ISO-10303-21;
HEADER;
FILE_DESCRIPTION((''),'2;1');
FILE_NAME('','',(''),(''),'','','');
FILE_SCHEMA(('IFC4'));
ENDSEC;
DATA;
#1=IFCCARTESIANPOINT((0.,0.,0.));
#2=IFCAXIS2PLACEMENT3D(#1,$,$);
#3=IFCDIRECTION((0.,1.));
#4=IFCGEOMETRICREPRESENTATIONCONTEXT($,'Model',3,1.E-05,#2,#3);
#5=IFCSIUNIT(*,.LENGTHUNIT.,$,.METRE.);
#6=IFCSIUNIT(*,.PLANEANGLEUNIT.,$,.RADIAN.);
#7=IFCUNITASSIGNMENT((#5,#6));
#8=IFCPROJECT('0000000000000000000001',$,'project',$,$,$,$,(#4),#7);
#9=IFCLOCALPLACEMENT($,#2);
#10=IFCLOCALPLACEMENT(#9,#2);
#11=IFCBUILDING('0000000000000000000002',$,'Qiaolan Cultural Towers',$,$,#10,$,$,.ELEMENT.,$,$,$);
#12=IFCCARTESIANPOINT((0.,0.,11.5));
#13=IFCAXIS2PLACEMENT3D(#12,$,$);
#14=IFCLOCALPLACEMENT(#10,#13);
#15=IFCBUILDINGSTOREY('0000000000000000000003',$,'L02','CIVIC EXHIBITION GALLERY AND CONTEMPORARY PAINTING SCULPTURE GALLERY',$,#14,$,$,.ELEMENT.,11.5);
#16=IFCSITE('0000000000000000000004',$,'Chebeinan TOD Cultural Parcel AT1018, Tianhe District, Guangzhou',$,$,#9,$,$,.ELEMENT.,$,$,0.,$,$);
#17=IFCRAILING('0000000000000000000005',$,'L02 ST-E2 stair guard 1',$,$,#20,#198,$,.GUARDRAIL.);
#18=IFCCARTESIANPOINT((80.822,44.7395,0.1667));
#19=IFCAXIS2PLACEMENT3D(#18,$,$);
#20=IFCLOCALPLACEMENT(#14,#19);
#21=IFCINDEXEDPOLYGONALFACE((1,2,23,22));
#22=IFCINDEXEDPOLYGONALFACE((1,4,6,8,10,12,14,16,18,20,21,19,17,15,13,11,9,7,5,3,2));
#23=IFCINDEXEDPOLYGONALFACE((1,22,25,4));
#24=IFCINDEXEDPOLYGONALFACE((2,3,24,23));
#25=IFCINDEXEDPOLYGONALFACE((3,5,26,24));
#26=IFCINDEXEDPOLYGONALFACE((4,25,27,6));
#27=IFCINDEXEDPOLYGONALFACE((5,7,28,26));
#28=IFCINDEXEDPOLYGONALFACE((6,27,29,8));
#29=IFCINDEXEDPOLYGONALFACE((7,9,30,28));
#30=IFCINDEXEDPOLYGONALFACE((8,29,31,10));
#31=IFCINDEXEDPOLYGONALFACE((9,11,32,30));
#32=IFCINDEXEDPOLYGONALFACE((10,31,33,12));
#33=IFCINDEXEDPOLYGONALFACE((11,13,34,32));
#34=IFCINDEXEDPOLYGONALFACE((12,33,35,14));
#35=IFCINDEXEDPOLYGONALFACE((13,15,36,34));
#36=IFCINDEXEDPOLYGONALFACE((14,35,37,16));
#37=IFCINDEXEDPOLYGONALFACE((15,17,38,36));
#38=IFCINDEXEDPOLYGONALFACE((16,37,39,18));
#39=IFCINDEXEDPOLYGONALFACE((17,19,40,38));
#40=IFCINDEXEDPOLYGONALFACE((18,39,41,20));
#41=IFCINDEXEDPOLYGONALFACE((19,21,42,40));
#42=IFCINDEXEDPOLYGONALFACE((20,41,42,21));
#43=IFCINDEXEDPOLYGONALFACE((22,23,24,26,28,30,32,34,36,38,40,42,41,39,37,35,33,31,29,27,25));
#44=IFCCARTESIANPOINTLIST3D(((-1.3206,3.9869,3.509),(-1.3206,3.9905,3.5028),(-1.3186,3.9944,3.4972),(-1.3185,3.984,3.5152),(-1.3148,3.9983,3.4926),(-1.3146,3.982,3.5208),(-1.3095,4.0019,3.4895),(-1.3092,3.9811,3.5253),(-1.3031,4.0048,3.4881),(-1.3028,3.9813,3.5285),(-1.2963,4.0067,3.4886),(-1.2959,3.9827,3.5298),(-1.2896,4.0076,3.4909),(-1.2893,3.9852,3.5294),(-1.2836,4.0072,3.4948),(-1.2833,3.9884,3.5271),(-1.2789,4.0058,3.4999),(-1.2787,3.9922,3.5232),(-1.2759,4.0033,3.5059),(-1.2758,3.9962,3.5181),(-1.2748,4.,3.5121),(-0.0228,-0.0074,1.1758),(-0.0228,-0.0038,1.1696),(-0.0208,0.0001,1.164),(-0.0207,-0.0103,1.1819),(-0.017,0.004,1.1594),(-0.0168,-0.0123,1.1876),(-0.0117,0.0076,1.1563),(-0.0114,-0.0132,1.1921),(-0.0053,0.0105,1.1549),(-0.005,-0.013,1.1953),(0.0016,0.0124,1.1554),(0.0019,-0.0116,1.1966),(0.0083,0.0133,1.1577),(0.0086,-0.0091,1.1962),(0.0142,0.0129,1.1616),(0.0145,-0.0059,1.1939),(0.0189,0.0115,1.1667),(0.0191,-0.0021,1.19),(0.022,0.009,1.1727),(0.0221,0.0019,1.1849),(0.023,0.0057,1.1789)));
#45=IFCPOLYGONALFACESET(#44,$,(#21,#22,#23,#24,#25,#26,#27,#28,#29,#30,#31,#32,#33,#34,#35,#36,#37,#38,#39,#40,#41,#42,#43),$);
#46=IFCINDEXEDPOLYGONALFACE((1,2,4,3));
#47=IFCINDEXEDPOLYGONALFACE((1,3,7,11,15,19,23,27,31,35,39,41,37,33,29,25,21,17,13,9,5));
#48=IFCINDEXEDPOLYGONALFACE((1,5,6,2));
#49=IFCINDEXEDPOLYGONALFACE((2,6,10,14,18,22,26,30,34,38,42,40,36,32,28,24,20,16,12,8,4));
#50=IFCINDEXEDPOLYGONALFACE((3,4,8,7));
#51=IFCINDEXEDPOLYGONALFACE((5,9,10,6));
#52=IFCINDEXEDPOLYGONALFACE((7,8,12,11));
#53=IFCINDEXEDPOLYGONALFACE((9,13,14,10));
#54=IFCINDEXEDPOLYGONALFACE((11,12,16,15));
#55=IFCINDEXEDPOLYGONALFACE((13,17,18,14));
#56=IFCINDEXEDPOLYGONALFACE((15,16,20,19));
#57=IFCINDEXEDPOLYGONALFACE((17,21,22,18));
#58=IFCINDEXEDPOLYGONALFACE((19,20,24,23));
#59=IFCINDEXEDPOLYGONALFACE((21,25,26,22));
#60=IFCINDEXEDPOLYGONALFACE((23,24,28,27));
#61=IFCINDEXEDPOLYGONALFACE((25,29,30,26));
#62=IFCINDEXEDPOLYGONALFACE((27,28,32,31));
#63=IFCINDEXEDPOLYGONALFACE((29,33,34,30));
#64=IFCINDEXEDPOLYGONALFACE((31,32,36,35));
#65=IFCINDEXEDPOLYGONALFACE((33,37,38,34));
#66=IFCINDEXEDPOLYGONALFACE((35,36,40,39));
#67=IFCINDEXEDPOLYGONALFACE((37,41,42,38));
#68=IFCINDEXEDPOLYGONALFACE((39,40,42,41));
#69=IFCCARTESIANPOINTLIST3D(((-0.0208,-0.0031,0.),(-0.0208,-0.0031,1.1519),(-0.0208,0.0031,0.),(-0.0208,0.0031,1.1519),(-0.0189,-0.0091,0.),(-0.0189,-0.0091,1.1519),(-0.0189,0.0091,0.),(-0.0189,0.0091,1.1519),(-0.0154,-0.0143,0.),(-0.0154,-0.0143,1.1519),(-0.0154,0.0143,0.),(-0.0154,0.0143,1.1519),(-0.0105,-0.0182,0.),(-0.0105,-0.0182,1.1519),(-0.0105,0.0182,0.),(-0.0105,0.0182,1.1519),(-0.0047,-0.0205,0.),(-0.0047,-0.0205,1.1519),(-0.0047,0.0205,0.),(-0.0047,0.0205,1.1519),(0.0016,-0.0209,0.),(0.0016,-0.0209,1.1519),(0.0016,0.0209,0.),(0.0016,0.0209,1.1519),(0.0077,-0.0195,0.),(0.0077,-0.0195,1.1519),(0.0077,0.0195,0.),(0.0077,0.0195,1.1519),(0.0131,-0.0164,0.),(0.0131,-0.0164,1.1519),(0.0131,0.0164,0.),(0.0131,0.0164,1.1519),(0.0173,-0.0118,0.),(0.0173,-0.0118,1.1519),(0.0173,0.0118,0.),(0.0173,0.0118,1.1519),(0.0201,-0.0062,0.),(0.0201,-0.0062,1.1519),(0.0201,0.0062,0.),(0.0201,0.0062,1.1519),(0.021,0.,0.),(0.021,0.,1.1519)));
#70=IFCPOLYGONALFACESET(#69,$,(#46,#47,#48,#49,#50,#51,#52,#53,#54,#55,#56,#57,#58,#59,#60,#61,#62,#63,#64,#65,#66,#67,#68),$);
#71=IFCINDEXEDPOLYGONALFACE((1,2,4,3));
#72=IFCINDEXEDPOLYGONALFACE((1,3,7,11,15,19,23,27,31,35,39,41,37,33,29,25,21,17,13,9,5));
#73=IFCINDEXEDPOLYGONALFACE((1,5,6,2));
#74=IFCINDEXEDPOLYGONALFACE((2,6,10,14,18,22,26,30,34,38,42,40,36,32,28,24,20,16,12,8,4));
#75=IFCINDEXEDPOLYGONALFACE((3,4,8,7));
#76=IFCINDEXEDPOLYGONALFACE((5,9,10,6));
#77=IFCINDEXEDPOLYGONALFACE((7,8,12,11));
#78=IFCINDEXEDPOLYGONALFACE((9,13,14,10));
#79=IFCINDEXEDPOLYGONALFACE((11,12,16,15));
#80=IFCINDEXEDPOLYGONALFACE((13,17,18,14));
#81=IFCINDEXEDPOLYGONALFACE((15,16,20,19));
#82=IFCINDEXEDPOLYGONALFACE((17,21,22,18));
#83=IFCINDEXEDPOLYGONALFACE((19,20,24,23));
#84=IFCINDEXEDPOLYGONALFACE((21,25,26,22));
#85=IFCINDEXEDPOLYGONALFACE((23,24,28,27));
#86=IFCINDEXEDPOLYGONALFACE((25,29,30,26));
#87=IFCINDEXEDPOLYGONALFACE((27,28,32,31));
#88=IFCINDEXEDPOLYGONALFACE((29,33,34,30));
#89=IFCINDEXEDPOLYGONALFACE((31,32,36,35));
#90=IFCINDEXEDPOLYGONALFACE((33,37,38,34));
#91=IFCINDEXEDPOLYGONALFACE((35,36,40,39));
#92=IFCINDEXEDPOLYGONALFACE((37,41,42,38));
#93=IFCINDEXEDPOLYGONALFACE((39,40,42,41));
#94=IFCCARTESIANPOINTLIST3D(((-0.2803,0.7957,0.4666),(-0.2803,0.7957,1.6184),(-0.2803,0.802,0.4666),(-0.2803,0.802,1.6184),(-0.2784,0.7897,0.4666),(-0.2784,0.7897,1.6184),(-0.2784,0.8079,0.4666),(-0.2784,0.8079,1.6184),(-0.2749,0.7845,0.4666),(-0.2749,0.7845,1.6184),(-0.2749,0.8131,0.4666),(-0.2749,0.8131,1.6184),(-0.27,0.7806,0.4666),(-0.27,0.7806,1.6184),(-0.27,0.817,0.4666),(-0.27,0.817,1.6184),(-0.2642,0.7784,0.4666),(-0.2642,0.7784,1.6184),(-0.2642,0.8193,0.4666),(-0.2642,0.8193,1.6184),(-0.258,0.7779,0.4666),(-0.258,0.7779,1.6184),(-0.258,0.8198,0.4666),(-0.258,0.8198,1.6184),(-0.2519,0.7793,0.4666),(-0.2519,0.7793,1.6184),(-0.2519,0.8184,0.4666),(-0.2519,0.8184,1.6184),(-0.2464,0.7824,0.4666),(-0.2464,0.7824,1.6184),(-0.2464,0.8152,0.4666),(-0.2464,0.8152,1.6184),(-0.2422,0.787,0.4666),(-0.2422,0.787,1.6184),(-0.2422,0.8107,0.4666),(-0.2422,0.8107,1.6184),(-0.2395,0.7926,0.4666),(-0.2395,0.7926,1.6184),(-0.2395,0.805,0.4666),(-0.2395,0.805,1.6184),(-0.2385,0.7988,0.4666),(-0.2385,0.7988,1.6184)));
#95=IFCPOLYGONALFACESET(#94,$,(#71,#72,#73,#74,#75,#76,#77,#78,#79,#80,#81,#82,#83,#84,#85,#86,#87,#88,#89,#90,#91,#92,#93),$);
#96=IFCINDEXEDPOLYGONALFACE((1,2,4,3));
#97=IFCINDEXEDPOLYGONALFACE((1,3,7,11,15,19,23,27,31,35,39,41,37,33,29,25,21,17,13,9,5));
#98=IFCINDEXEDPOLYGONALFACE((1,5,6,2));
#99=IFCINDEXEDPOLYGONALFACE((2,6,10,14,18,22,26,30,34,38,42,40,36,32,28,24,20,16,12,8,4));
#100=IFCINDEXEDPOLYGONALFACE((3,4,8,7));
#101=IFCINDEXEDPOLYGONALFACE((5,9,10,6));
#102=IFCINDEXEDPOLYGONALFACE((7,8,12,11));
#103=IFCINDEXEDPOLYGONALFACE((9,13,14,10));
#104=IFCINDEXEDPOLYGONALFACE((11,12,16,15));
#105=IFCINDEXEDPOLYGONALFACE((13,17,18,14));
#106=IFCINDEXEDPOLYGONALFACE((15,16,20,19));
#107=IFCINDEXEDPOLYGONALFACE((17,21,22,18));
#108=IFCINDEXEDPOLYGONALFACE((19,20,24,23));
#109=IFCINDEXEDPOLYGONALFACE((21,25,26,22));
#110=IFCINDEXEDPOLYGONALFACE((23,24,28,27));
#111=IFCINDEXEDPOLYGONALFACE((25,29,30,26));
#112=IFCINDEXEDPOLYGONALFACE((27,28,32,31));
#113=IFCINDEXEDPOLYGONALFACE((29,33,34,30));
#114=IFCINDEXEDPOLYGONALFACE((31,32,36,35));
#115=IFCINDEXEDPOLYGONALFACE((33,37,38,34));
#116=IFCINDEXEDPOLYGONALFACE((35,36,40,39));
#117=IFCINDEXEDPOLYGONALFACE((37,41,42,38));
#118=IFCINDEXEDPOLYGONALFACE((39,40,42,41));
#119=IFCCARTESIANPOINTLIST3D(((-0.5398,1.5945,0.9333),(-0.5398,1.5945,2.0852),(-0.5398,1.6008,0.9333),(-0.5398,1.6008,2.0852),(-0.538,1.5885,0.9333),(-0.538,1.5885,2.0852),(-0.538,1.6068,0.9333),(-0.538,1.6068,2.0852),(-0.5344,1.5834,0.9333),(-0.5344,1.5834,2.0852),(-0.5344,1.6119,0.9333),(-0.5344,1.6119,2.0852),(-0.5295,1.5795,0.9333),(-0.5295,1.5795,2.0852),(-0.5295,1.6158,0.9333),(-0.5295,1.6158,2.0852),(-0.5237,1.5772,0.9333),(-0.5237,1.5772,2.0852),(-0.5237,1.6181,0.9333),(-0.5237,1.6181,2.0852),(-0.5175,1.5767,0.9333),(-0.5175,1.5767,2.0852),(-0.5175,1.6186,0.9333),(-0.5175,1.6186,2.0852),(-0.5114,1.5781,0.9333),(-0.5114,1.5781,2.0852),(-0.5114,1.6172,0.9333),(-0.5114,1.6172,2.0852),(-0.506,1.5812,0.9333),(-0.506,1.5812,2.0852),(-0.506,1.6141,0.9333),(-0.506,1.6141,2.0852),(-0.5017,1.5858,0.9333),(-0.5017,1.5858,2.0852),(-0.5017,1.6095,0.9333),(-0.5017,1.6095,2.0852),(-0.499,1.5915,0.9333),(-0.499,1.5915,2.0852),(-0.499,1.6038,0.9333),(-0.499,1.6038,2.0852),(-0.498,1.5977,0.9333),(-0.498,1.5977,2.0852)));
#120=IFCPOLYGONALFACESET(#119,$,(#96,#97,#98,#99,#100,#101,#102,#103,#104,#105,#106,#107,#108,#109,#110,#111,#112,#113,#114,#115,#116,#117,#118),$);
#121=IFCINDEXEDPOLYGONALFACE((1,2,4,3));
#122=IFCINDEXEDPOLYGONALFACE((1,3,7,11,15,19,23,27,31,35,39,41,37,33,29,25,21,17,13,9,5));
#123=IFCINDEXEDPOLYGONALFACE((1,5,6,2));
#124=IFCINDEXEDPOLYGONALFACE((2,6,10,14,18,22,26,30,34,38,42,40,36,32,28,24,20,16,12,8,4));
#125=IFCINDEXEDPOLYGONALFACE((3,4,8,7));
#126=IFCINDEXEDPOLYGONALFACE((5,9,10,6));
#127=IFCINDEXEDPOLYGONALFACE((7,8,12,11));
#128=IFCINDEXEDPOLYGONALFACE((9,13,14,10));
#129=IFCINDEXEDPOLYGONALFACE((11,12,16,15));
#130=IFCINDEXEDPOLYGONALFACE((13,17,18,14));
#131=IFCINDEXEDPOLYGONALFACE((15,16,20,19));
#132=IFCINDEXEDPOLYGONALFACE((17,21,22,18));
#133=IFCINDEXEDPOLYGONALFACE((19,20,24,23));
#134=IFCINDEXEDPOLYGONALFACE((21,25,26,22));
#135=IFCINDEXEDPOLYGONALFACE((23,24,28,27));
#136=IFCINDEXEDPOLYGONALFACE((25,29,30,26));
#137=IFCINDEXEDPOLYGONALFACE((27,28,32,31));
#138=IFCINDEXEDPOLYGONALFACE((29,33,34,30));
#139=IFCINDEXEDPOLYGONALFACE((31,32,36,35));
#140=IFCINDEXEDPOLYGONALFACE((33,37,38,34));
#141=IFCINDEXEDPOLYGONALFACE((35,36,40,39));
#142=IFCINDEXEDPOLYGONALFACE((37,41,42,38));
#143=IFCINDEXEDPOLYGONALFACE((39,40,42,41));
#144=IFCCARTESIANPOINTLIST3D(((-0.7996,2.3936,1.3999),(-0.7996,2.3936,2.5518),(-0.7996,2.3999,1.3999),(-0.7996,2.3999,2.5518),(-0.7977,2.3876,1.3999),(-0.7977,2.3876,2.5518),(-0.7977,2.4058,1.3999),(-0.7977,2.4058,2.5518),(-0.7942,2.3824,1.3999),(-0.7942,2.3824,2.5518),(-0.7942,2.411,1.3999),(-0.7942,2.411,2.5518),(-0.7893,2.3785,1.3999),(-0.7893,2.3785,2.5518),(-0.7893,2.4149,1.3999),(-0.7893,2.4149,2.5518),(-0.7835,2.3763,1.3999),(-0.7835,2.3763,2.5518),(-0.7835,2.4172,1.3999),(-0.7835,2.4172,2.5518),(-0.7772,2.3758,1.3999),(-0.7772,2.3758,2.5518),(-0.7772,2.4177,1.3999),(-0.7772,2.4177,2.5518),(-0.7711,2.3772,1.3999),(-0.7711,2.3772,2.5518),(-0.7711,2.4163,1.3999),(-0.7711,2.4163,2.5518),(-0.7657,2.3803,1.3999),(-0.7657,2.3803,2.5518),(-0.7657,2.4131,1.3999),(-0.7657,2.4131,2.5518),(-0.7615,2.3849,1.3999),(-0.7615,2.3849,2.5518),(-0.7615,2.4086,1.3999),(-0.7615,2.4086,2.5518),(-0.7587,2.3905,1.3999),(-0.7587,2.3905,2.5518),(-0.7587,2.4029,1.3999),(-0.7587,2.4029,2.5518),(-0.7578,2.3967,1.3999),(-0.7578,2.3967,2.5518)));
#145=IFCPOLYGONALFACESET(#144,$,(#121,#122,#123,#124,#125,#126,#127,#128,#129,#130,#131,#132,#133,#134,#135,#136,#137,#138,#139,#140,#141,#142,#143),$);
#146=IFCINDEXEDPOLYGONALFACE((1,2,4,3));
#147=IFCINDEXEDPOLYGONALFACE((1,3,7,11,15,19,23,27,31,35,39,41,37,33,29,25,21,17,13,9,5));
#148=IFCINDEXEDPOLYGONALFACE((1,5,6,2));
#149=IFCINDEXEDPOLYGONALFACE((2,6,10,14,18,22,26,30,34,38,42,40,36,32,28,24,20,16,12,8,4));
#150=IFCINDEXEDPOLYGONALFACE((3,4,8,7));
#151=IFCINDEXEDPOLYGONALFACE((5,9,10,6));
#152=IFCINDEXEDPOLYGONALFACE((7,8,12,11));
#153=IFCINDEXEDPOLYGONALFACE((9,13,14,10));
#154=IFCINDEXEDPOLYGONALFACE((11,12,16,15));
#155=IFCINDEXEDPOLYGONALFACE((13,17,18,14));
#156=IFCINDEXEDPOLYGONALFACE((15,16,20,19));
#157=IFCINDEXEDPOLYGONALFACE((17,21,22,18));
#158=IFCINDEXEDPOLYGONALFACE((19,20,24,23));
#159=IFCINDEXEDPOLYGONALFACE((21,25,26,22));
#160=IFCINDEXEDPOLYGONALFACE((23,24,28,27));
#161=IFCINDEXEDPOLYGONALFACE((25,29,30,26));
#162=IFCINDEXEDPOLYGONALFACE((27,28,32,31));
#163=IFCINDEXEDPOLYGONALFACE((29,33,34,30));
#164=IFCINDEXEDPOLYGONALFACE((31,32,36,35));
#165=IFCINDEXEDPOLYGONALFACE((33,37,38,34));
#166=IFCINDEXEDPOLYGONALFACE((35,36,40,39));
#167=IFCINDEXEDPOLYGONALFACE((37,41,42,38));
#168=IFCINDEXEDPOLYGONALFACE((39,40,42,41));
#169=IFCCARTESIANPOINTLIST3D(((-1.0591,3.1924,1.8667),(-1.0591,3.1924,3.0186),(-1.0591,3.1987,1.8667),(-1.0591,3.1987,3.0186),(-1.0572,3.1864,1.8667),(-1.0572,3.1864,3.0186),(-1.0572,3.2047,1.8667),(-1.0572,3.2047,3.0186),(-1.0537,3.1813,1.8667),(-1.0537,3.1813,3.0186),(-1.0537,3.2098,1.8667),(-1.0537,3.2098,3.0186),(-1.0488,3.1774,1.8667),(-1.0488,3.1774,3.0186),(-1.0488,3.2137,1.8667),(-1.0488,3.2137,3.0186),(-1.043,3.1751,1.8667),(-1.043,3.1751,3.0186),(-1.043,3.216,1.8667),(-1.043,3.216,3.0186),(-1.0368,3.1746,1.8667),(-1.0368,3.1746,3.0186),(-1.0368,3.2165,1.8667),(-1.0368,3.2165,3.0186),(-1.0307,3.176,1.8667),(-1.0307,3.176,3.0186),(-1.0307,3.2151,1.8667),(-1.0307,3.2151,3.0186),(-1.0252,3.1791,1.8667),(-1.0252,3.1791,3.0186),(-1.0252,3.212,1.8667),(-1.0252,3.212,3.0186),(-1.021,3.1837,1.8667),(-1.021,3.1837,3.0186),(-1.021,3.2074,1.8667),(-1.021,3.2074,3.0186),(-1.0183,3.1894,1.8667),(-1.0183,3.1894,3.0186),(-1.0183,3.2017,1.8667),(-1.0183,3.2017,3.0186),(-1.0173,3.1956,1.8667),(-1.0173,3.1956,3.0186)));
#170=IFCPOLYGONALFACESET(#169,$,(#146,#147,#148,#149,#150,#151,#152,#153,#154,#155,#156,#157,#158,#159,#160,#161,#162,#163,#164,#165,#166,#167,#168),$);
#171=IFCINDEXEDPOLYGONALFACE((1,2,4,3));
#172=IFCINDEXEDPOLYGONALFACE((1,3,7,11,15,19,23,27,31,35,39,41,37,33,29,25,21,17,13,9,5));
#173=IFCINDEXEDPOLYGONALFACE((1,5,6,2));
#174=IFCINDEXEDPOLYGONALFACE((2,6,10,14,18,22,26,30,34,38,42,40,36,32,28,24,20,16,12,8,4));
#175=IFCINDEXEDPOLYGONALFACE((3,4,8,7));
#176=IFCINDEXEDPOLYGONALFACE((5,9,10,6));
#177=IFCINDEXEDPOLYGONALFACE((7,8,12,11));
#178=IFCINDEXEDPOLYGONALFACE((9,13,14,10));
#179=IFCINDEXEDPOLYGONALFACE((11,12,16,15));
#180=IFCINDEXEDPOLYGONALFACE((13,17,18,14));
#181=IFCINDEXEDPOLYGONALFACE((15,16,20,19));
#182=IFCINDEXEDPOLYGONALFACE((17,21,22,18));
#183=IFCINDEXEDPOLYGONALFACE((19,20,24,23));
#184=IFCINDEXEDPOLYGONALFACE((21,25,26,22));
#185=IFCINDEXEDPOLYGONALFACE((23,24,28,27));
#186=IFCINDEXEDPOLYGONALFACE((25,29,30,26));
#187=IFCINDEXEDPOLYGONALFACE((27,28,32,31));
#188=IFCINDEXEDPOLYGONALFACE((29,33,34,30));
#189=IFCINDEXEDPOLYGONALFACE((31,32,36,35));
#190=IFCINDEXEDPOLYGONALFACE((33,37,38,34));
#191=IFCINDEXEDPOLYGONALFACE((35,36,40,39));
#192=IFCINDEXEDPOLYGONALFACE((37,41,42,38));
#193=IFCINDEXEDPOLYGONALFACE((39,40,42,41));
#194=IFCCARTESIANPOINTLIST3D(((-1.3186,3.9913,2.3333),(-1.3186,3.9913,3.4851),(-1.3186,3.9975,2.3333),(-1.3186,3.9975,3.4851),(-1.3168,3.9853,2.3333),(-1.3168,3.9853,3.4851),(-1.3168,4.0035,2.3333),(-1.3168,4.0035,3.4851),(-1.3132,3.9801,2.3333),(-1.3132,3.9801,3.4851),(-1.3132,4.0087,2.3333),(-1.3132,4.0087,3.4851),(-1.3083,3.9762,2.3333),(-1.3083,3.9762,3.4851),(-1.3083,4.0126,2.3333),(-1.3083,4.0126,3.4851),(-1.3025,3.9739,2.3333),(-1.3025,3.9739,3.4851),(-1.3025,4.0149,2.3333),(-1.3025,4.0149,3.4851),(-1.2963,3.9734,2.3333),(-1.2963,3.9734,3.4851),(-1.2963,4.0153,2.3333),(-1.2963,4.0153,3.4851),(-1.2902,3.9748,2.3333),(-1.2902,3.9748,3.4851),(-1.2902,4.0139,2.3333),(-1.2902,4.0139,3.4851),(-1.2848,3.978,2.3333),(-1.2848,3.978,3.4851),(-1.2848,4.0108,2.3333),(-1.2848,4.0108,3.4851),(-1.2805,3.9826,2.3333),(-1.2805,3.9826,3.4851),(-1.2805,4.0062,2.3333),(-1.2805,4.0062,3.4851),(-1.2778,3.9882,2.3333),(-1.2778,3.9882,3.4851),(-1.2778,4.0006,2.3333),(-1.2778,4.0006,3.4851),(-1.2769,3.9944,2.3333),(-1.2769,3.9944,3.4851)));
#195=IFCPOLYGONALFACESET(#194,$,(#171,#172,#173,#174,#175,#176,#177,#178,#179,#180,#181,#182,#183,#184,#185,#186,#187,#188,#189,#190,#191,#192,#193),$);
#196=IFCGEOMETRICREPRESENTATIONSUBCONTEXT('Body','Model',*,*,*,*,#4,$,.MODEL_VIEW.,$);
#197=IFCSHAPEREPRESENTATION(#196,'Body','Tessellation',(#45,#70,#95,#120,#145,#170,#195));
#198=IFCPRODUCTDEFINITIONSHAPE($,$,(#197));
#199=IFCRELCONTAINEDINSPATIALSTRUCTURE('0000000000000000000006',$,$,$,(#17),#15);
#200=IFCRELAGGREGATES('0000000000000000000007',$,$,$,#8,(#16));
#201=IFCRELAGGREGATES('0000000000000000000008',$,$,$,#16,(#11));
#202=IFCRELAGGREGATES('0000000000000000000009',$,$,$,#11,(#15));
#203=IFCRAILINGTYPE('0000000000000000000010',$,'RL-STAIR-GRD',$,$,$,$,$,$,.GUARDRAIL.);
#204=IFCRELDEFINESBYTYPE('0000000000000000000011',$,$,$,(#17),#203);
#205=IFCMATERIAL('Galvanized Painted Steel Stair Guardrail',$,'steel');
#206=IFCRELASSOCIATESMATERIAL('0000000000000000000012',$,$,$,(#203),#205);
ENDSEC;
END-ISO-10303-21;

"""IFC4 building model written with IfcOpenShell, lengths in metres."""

from ifc_helpers import new_model, si_unit, direction, frame, origin, origin_2d, place, context, subcontext, project, spatial, circle, extrude, material, type_object, element, save


model = new_model("IFC4")

# Units and contexts
model_context = context("Model", 3, precision=1e-05, world=origin(), true_north=direction((0.0, 1.0)))
body_context = subcontext(model_context, "Body", "Model", "MODEL_VIEW")
ifc_project = project(units=[si_unit("LENGTHUNIT", "METRE"), si_unit("PLANEANGLEUNIT", "RADIAN")], contexts=[model_context])

# Site, building, storey
site_placement = place(None, origin())
site = spatial("IfcSite", under=ifc_project, at=site_placement, Name="Chebeinan TOD Cultural Parcel AT1018, Tianhe District, Guangzhou", CompositionType="ELEMENT", RefElevation=0.0)
building_placement = place(site_placement, origin())
building = spatial("IfcBuilding", under=site, at=building_placement, Name="Qiaolan Cultural Towers", CompositionType="ELEMENT")
storey_placement = place(building_placement, frame((0.0, 0.0, 11.5)))
storey = spatial("IfcBuildingStorey", under=building, at=storey_placement, Name="L02", Description="CIVIC EXHIBITION GALLERY AND CONTEMPORARY PAINTING SCULPTURE GALLERY", CompositionType="ELEMENT", Elevation=11.5)

# Railing
ifc_material_1 = material(Name="Galvanized Painted Steel Stair Guardrail", Category="steel")
railing_type_1 = type_object("IfcRailingType", Name="RL-STAIR-GRD", PredefinedType="GUARDRAIL", material=ifc_material_1)
railing_1_placement = place(storey_placement, frame((80.822, 44.7395, 0.1667)))
element("IfcRailing", 1, at=railing_1_placement, inside=storey, type_object=railing_type_1, Name="L02 ST-E2 stair guard 1", PredefinedType="GUARDRAIL", context=body_context, shape_type="SweptSolid", body=[
    extrude(circle(Radius=0.0239, at=origin_2d()), frame((0.0, 0.0, 1.1758), z_axis=(-0.27013, 0.831377, 0.485635), x_axis=(-0.951057, -0.309016, 0.0)), (0.0, 0.0, 1.0), 4.8044),
    extrude(circle(Radius=0.021, at=origin_2d()), origin(), (0.0, 0.0, 1.0), 1.1519),
    extrude(circle(Radius=0.021, at=origin_2d()), frame((-0.2595, 0.7988, 0.4666)), (0.0, 0.0, 1.0), 1.1519),
    extrude(circle(Radius=0.021, at=origin_2d()), frame((-0.519, 1.5977, 0.9333)), (0.0, 0.0, 1.0), 1.1519),
    extrude(circle(Radius=0.021, at=origin_2d()), frame((-0.7788, 2.3967, 1.3999)), (0.0, 0.0, 1.0), 1.1519),
    extrude(circle(Radius=0.021, at=origin_2d()), frame((-1.0383, 3.1956, 1.8667)), (0.0, 0.0, 1.0), 1.1519),
    extrude(circle(Radius=0.021, at=origin_2d()), frame((-1.2979, 3.9944, 2.3333)), (0.0, 0.0, 1.0), 1.1519),
])

save(model, "model.ifc")
